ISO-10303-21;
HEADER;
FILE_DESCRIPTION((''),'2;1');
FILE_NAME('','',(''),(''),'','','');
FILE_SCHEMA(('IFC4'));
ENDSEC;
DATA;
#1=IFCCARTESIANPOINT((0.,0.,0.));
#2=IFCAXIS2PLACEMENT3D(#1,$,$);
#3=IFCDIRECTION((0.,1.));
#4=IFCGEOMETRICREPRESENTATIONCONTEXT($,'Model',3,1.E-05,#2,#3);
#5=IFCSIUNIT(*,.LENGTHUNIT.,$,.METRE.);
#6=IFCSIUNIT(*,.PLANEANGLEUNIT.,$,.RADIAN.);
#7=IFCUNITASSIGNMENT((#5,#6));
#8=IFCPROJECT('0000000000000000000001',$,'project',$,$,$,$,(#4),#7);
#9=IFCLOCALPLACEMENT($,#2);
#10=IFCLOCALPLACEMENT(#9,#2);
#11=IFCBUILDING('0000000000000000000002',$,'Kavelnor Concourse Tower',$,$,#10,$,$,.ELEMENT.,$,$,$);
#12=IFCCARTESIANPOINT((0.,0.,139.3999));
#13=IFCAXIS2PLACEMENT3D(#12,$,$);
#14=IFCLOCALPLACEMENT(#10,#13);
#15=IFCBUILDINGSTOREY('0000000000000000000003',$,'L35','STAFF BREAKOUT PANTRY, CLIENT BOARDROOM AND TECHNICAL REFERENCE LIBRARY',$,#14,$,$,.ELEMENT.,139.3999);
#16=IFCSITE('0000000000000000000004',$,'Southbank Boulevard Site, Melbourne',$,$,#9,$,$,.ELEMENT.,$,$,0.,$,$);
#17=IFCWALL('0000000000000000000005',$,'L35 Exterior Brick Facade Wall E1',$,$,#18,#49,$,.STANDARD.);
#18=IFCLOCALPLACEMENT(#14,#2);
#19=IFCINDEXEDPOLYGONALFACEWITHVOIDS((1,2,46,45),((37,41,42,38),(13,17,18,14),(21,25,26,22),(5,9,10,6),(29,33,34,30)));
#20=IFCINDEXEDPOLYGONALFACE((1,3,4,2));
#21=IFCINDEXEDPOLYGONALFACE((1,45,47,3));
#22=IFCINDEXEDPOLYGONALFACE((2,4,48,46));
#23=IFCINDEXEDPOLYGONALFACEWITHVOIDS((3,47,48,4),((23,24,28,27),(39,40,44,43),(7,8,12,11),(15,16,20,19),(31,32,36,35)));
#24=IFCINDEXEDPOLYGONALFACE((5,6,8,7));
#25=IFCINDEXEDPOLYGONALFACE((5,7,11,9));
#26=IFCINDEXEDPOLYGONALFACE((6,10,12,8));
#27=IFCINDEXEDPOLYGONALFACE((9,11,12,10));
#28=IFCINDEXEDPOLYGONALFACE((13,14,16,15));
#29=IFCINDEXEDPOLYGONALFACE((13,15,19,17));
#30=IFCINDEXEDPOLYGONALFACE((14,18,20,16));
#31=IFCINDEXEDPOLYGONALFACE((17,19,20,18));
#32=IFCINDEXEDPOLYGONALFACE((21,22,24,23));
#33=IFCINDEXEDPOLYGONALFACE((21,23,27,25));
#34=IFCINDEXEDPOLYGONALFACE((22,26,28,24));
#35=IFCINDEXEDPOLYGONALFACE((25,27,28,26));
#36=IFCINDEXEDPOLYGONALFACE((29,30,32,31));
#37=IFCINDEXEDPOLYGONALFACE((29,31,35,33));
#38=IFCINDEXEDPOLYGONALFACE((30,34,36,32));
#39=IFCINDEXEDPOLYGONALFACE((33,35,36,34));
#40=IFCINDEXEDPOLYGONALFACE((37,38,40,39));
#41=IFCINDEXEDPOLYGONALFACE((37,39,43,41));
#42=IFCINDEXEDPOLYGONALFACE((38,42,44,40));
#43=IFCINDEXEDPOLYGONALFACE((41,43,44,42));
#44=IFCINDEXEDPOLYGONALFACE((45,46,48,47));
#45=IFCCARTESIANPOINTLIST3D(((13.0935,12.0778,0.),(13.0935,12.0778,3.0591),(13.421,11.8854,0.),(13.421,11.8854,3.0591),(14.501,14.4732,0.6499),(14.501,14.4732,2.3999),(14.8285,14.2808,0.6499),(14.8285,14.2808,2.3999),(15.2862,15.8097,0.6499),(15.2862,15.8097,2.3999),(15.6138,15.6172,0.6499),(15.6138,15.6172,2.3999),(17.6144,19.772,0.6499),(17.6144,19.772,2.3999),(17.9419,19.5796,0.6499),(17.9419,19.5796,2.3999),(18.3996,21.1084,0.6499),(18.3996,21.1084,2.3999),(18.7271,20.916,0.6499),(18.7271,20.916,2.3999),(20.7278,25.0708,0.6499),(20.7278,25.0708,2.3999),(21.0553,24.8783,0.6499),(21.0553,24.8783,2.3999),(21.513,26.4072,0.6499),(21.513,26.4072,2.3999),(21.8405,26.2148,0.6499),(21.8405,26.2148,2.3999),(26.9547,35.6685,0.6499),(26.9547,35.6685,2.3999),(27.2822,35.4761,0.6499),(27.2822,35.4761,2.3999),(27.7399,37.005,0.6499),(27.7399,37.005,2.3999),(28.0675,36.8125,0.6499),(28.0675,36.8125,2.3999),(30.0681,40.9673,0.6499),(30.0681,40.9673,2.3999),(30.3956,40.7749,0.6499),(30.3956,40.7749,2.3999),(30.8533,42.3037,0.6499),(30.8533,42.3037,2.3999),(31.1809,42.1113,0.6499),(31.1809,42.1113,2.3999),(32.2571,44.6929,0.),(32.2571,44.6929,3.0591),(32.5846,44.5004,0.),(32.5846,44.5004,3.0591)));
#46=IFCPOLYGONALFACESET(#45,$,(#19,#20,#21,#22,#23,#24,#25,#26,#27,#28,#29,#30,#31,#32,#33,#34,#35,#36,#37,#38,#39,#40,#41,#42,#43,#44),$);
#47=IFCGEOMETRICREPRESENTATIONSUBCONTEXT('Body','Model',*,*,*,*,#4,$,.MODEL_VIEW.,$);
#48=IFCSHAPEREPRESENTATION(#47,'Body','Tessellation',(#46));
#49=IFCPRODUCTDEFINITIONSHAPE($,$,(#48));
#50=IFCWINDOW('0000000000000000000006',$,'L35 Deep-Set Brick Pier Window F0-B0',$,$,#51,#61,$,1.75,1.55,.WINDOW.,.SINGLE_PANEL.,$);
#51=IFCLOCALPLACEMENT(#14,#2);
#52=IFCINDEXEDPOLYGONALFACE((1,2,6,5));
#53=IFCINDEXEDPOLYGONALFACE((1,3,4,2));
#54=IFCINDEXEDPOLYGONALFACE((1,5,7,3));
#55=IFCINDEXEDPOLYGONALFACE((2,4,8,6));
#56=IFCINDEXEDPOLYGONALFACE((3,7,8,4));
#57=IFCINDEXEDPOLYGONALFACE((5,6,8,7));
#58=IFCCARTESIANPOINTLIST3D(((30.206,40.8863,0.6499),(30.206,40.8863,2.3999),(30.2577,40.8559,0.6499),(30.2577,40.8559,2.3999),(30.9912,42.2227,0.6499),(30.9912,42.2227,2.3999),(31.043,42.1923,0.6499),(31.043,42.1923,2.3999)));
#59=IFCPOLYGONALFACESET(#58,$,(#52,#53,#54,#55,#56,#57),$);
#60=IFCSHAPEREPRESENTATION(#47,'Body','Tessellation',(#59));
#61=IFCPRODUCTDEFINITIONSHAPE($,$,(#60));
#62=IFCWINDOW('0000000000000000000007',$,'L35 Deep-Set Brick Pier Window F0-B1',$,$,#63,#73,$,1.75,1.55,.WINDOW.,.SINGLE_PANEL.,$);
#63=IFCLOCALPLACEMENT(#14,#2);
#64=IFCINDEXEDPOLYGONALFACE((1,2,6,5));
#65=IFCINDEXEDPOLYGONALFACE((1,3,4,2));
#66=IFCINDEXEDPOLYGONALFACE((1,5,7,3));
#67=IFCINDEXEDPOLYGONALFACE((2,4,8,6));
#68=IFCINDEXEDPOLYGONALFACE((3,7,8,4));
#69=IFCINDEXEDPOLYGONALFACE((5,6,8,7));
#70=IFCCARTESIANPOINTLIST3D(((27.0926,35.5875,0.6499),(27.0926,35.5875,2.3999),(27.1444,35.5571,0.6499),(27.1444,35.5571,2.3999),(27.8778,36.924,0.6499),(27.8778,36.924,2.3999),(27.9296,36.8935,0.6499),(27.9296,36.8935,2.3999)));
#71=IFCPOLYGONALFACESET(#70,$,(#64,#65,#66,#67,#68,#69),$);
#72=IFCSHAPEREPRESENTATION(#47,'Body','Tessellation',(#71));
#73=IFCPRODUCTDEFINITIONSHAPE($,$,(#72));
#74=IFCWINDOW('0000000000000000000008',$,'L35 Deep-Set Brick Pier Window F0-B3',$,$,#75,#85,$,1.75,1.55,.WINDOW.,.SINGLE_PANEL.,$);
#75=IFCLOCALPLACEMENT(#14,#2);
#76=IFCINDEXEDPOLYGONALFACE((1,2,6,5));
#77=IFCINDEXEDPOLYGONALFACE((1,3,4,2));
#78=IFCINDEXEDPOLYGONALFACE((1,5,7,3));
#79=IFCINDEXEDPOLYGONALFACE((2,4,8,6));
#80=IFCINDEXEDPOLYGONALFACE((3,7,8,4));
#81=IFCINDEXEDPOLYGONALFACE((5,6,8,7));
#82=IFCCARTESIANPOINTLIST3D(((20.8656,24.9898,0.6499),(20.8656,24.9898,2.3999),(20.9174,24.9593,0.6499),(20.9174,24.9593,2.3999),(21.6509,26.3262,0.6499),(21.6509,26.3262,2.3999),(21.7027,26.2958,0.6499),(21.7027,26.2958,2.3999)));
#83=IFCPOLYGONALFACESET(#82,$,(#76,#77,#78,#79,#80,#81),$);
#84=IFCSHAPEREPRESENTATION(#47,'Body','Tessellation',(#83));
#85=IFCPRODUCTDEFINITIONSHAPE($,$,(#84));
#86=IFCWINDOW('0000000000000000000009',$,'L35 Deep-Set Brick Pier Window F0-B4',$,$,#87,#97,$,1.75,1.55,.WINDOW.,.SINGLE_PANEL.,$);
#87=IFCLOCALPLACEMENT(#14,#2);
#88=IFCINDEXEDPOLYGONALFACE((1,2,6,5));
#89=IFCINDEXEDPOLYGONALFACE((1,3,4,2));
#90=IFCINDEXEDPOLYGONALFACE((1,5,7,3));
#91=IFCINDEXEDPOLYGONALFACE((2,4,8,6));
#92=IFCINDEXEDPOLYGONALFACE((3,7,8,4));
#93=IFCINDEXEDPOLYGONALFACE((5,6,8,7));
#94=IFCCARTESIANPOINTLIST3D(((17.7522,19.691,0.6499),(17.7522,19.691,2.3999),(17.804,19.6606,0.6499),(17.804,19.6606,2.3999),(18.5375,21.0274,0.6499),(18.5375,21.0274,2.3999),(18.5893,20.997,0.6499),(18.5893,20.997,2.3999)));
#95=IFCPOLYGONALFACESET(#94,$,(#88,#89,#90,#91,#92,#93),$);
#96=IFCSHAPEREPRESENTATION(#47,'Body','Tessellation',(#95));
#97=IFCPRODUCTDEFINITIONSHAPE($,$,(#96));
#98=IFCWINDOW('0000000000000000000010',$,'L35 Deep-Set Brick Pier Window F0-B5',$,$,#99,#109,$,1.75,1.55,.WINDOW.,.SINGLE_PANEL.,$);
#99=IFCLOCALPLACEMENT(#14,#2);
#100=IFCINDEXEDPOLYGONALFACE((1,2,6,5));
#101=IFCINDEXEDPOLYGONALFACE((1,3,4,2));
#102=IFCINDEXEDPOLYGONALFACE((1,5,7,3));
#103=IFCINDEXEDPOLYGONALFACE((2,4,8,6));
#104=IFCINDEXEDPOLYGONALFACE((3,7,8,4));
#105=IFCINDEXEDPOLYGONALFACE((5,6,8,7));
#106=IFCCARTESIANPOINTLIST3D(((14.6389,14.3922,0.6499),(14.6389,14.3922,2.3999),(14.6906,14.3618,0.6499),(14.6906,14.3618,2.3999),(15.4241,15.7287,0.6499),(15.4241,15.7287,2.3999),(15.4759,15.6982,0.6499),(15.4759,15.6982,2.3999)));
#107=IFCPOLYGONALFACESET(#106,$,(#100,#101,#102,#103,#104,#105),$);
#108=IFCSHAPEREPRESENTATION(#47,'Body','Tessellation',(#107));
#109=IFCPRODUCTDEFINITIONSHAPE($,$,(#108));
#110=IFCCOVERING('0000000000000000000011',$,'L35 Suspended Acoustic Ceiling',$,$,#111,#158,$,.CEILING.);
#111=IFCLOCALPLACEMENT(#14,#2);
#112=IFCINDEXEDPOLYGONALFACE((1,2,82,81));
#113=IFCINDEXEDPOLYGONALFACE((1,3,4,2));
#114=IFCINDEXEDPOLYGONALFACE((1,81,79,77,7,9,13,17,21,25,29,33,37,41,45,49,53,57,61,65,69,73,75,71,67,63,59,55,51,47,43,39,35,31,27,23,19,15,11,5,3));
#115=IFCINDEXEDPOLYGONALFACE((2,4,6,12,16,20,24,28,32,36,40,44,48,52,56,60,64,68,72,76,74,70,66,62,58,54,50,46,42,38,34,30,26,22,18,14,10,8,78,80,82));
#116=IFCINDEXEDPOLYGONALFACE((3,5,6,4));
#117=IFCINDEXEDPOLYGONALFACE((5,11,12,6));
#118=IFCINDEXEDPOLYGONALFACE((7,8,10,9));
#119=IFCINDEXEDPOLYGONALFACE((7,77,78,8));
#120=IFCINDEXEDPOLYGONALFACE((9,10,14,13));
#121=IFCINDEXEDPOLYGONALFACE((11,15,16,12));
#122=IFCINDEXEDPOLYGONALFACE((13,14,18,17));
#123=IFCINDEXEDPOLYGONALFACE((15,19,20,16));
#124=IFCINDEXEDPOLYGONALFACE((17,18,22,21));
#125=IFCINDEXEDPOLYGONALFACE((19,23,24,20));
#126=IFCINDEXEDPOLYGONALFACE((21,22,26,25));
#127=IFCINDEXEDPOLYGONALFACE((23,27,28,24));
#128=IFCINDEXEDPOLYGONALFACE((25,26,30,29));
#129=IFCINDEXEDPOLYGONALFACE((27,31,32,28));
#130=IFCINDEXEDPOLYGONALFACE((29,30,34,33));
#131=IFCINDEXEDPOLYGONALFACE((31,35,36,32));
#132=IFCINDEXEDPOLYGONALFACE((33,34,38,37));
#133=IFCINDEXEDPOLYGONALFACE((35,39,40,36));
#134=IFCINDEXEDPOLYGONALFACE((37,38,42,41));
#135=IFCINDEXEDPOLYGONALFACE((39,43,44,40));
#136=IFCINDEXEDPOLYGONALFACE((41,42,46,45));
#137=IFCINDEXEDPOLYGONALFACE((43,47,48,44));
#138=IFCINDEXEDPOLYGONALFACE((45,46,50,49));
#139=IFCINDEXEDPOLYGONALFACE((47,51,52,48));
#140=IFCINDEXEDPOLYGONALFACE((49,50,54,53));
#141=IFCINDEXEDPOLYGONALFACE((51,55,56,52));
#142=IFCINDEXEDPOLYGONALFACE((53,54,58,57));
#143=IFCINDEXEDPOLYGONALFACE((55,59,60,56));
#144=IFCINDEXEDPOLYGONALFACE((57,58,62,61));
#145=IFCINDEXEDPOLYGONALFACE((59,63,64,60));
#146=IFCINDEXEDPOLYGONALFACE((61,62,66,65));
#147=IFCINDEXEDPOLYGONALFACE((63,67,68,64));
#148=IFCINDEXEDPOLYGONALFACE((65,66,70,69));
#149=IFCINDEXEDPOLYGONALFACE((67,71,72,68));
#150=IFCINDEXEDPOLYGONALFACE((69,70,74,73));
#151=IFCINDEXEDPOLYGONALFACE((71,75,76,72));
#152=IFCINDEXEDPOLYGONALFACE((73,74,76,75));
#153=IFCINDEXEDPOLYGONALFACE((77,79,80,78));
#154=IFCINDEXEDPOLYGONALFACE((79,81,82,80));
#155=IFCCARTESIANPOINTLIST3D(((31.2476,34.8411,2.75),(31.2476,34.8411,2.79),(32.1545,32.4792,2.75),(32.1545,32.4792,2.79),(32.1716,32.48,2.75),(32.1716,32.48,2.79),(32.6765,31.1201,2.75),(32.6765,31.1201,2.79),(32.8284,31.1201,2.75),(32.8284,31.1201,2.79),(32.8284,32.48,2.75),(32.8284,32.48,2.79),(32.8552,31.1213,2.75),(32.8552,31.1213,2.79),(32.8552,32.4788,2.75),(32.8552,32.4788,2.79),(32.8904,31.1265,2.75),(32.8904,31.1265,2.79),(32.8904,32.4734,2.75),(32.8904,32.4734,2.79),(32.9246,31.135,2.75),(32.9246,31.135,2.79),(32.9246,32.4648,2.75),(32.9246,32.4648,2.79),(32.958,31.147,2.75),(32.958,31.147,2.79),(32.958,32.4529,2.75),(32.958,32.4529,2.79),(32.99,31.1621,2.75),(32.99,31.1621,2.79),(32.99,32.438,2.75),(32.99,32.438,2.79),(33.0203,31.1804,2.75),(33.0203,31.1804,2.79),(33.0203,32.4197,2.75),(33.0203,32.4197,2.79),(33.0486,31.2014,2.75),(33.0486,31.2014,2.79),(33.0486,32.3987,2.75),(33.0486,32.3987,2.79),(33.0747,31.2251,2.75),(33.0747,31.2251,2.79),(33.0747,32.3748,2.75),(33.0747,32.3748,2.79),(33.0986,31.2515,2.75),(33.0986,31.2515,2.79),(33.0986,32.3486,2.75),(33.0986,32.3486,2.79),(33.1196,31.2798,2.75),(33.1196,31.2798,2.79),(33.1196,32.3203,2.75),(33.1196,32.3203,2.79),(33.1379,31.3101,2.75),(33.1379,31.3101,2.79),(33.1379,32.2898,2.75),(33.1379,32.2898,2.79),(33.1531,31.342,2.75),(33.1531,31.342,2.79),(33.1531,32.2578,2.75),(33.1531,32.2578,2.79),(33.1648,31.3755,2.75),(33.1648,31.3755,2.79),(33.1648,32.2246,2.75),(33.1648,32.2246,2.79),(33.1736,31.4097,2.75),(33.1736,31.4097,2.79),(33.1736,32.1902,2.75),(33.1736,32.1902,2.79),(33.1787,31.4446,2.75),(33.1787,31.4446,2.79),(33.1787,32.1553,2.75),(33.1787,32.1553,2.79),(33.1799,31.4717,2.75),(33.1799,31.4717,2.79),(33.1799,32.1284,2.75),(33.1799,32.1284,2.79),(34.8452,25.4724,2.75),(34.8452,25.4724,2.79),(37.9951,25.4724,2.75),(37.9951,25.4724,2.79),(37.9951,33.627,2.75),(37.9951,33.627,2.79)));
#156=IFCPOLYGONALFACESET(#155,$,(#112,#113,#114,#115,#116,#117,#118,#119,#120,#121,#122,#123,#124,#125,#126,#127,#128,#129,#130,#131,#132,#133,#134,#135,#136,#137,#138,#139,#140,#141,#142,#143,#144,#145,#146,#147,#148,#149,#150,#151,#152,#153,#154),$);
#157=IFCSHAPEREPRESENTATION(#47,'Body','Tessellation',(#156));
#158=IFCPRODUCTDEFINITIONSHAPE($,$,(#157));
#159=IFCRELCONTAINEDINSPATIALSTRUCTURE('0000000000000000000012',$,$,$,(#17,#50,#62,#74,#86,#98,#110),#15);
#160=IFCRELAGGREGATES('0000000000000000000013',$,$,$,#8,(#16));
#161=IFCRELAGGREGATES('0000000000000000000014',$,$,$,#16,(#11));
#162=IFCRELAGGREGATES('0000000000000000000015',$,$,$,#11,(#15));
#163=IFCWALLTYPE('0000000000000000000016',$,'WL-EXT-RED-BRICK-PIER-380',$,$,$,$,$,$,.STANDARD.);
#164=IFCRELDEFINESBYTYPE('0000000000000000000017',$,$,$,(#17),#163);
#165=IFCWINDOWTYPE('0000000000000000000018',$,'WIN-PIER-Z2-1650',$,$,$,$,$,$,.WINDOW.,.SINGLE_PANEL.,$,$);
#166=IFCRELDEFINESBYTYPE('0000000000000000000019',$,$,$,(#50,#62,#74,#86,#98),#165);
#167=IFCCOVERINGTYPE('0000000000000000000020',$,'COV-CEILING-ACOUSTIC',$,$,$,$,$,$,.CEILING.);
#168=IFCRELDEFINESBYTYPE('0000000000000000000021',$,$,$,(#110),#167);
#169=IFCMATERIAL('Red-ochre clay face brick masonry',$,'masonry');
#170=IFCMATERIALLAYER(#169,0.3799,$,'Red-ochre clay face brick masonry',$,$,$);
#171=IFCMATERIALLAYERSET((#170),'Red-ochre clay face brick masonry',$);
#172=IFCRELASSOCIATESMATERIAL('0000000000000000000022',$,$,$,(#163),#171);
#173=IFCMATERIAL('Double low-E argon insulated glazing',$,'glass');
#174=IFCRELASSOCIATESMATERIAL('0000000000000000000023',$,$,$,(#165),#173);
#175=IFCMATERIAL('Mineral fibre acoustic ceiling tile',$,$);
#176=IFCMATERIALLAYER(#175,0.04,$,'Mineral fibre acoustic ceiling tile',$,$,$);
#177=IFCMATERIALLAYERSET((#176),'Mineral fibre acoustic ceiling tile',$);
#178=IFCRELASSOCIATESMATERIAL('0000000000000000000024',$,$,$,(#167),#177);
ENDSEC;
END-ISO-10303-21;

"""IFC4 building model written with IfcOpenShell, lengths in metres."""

from ifc_helpers import new_model, si_unit, direction, frame, frame_2d, origin, place, context, subcontext, project, spatial, polyline, rectangle, outline, extrude, material, layer, layer_set, type_object, element, fill, save


model = new_model("IFC4")

# Units and contexts
model_context = context("Model", 3, precision=1e-05, world=origin(), true_north=direction((0.0, 1.0)))
body_context = subcontext(model_context, "Body", "Model", "MODEL_VIEW")
ifc_project = project(units=[si_unit("LENGTHUNIT", "METRE"), si_unit("PLANEANGLEUNIT", "RADIAN")], contexts=[model_context])

# Site, building, storey
site_placement = place(None, origin())
site = spatial("IfcSite", under=ifc_project, at=site_placement, Name="Southbank Boulevard Site, Melbourne", CompositionType="ELEMENT", RefElevation=0.0)
building_placement = place(site_placement, origin())
building = spatial("IfcBuilding", under=site, at=building_placement, Name="Kavelnor Concourse Tower", CompositionType="ELEMENT")
storey_placement = place(building_placement, frame((0.0, 0.0, 139.3999)))
storey = spatial("IfcBuildingStorey", under=building, at=storey_placement, Name="L35", Description="STAFF BREAKOUT PANTRY, CLIENT BOARDROOM AND TECHNICAL REFERENCE LIBRARY", CompositionType="ELEMENT", Elevation=139.3999)

# Wall, openings, windows
ifc_material_1 = material(Name="Red-ochre clay face brick masonry", Category="masonry")
ifc_layer_1 = layer(ifc_material_1, 0.3799, Name="Red-ochre clay face brick masonry")
ifc_layer_set_1 = layer_set([ifc_layer_1], Name="Red-ochre clay face brick masonry")
wall_type = type_object("IfcWallType", Name="WL-EXT-RED-BRICK-PIER-380", PredefinedType="STANDARD", material=ifc_layer_set_1)
wall_placement = place(storey_placement, frame((13.2573, 11.9817, 0.0), z_axis=(0.0, 0.0, 1.0), x_axis=(0.506594, 0.862185, 0.0)))
wall = element("IfcWall", 1, at=wall_placement, inside=storey, type_object=wall_type, Name="L35 Exterior Brick Facade Wall E1", PredefinedType="STANDARD", context=body_context, shape_type="SweptSolid", body=[
    extrude(rectangle(XDim=37.8284, YDim=0.3799, at=frame_2d((18.9141, 0.0))), origin(), (0.0, 0.0, 1.0), 3.0591),
])
opening_1_placement = place(wall_placement, frame((33.5073, 0.0, 0.6499)))
opening_1 = element("IfcOpeningElement", 2, at=opening_1_placement, cuts=wall, PredefinedType="OPENING", context=body_context, shape_type="SweptSolid", body=[
    extrude(rectangle(XDim=1.55, YDim=1.75, at=frame_2d((0.7749, 0.875))), frame((0.0, 0.2, 0.0), z_axis=(0.0, -1.0, 0.0), x_axis=(1.0, 0.0, 0.0)), (0.0, 0.0, 1.0), 0.3999),
])
opening_2_placement = place(wall_placement, frame((27.3616, 0.0, 0.6499)))
opening_2 = element("IfcOpeningElement", 3, at=opening_2_placement, cuts=wall, PredefinedType="OPENING", context=body_context, shape_type="SweptSolid", body=[
    extrude(rectangle(XDim=1.55, YDim=1.75, at=frame_2d((0.7749, 0.875))), frame((0.0, 0.2, 0.0), z_axis=(0.0, -1.0, 0.0), x_axis=(1.0, 0.0, 0.0)), (0.0, 0.0, 1.0), 0.3999),
])
opening_3_placement = place(wall_placement, frame((15.0698, 0.0, 0.6499)))
opening_3 = element("IfcOpeningElement", 4, at=opening_3_placement, cuts=wall, PredefinedType="OPENING", context=body_context, shape_type="SweptSolid", body=[
    extrude(rectangle(XDim=1.55, YDim=1.75, at=frame_2d((0.7749, 0.875))), frame((0.0, 0.2, 0.0), z_axis=(0.0, -1.0, 0.0), x_axis=(1.0, 0.0, 0.0)), (0.0, 0.0, 1.0), 0.3999),
])
opening_4_placement = place(wall_placement, frame((8.9241, 0.0, 0.6499)))
opening_4 = element("IfcOpeningElement", 5, at=opening_4_placement, cuts=wall, PredefinedType="OPENING", context=body_context, shape_type="SweptSolid", body=[
    extrude(rectangle(XDim=1.55, YDim=1.75, at=frame_2d((0.7749, 0.875))), frame((0.0, 0.2, 0.0), z_axis=(0.0, -1.0, 0.0), x_axis=(1.0, 0.0, 0.0)), (0.0, 0.0, 1.0), 0.3999),
])
opening_5_placement = place(wall_placement, frame((2.7783, 0.0, 0.6499)))
opening_5 = element("IfcOpeningElement", 6, at=opening_5_placement, cuts=wall, PredefinedType="OPENING", context=body_context, shape_type="SweptSolid", body=[
    extrude(rectangle(XDim=1.55, YDim=1.75, at=frame_2d((0.7749, 0.875))), frame((0.0, 0.2, 0.0), z_axis=(0.0, -1.0, 0.0), x_axis=(1.0, 0.0, 0.0)), (0.0, 0.0, 1.0), 0.3999),
])
ifc_material_2 = material(Name="Double low-E argon insulated glazing", Category="glass")
window_type = type_object("IfcWindowType", Name="WIN-PIER-Z2-1650", PartitioningType="SINGLE_PANEL", PredefinedType="WINDOW", material=ifc_material_2)
window_1_placement = place(opening_1_placement, origin())
window_1 = element("IfcWindow", 7, at=window_1_placement, inside=storey, type_object=window_type, Name="L35 Deep-Set Brick Pier Window F0-B0", OverallHeight=1.75, OverallWidth=1.55, PartitioningType="SINGLE_PANEL", PredefinedType="WINDOW", context=body_context, shape_type="SweptSolid", body=[
    extrude(rectangle(XDim=1.55, YDim=1.75, at=frame_2d((0.7749, 0.875))), frame((0.0, 0.03, 0.0), z_axis=(0.0, -1.0, 0.0), x_axis=(1.0, 0.0, 0.0)), (0.0, 0.0, 1.0), 0.0601),
])
fill(opening_1, window_1)
window_2_placement = place(opening_2_placement, origin())
window_2 = element("IfcWindow", 8, at=window_2_placement, inside=storey, type_object=window_type, Name="L35 Deep-Set Brick Pier Window F0-B1", OverallHeight=1.75, OverallWidth=1.55, PartitioningType="SINGLE_PANEL", PredefinedType="WINDOW", context=body_context, shape_type="SweptSolid", body=[
    extrude(rectangle(XDim=1.55, YDim=1.75, at=frame_2d((0.7749, 0.875))), frame((0.0, 0.03, 0.0), z_axis=(0.0, -1.0, 0.0), x_axis=(1.0, 0.0, 0.0)), (0.0, 0.0, 1.0), 0.0601),
])
fill(opening_2, window_2)
window_3_placement = place(opening_3_placement, origin())
window_3 = element("IfcWindow", 9, at=window_3_placement, inside=storey, type_object=window_type, Name="L35 Deep-Set Brick Pier Window F0-B3", OverallHeight=1.75, OverallWidth=1.55, PartitioningType="SINGLE_PANEL", PredefinedType="WINDOW", context=body_context, shape_type="SweptSolid", body=[
    extrude(rectangle(XDim=1.55, YDim=1.75, at=frame_2d((0.7749, 0.875))), frame((0.0, 0.03, 0.0), z_axis=(0.0, -1.0, 0.0), x_axis=(1.0, 0.0, 0.0)), (0.0, 0.0, 1.0), 0.0601),
])
fill(opening_3, window_3)
window_4_placement = place(opening_4_placement, origin())
window_4 = element("IfcWindow", 10, at=window_4_placement, inside=storey, type_object=window_type, Name="L35 Deep-Set Brick Pier Window F0-B4", OverallHeight=1.75, OverallWidth=1.55, PartitioningType="SINGLE_PANEL", PredefinedType="WINDOW", context=body_context, shape_type="SweptSolid", body=[
    extrude(rectangle(XDim=1.55, YDim=1.75, at=frame_2d((0.7749, 0.875))), frame((0.0, 0.03, 0.0), z_axis=(0.0, -1.0, 0.0), x_axis=(1.0, 0.0, 0.0)), (0.0, 0.0, 1.0), 0.0601),
])
fill(opening_4, window_4)
window_5_placement = place(opening_5_placement, origin())
window_5 = element("IfcWindow", 11, at=window_5_placement, inside=storey, type_object=window_type, Name="L35 Deep-Set Brick Pier Window F0-B5", OverallHeight=1.75, OverallWidth=1.55, PartitioningType="SINGLE_PANEL", PredefinedType="WINDOW", context=body_context, shape_type="SweptSolid", body=[
    extrude(rectangle(XDim=1.55, YDim=1.75, at=frame_2d((0.7749, 0.875))), frame((0.0, 0.03, 0.0), z_axis=(0.0, -1.0, 0.0), x_axis=(1.0, 0.0, 0.0)), (0.0, 0.0, 1.0), 0.0601),
])
fill(opening_5, window_5)

# Covering
ifc_material_3 = material(Name="Mineral fibre acoustic ceiling tile")
ifc_layer_2 = layer(ifc_material_3, 0.04, Name="Mineral fibre acoustic ceiling tile")
ifc_layer_set_2 = layer_set([ifc_layer_2], Name="Mineral fibre acoustic ceiling tile")
covering_type_1 = type_object("IfcCoveringType", Name="COV-CEILING-ACOUSTIC", PredefinedType="CEILING", material=ifc_layer_set_2)
covering_1_placement = place(storey_placement, frame((0.0, 0.0, 2.75)))
element("IfcCovering", 12, at=covering_1_placement, inside=storey, type_object=covering_type_1, Name="L35 Suspended Acoustic Ceiling", PredefinedType="CEILING", context=body_context, shape_type="SweptSolid", body=[
    extrude(outline(polyline([(37.9951, 33.627), (37.9951, 25.4724), (34.8452, 25.4724), (32.6765, 31.1201), (32.8284, 31.1201), (32.8552, 31.1213), (32.8904, 31.1265), (32.9246, 31.135), (32.958, 31.147), (32.99, 31.1621), (33.0203, 31.1804), (33.0486, 31.2014), (33.0747, 31.2251), (33.0986, 31.2515), (33.1196, 31.2798), (33.1379, 31.3101), (33.1531, 31.342), (33.1648, 31.3755), (33.1736, 31.4097), (33.1787, 31.4446), (33.1799, 31.4717), (33.1799, 32.1284), (33.1787, 32.1553), (33.1736, 32.1902), (33.1648, 32.2246), (33.1531, 32.2578), (33.1379, 32.2898), (33.1196, 32.3203), (33.0986, 32.3486), (33.0747, 32.3748), (33.0486, 32.3987), (33.0203, 32.4197), (32.99, 32.438), (32.958, 32.4529), (32.9246, 32.4648), (32.8904, 32.4734), (32.8552, 32.4788), (32.8284, 32.48), (32.1716, 32.48), (32.1545, 32.4792), (31.2476, 34.8411), (37.9951, 33.627)])), origin(), (0.0, 0.0, 1.0), 0.04),
])

save(model, "model.ifc")
